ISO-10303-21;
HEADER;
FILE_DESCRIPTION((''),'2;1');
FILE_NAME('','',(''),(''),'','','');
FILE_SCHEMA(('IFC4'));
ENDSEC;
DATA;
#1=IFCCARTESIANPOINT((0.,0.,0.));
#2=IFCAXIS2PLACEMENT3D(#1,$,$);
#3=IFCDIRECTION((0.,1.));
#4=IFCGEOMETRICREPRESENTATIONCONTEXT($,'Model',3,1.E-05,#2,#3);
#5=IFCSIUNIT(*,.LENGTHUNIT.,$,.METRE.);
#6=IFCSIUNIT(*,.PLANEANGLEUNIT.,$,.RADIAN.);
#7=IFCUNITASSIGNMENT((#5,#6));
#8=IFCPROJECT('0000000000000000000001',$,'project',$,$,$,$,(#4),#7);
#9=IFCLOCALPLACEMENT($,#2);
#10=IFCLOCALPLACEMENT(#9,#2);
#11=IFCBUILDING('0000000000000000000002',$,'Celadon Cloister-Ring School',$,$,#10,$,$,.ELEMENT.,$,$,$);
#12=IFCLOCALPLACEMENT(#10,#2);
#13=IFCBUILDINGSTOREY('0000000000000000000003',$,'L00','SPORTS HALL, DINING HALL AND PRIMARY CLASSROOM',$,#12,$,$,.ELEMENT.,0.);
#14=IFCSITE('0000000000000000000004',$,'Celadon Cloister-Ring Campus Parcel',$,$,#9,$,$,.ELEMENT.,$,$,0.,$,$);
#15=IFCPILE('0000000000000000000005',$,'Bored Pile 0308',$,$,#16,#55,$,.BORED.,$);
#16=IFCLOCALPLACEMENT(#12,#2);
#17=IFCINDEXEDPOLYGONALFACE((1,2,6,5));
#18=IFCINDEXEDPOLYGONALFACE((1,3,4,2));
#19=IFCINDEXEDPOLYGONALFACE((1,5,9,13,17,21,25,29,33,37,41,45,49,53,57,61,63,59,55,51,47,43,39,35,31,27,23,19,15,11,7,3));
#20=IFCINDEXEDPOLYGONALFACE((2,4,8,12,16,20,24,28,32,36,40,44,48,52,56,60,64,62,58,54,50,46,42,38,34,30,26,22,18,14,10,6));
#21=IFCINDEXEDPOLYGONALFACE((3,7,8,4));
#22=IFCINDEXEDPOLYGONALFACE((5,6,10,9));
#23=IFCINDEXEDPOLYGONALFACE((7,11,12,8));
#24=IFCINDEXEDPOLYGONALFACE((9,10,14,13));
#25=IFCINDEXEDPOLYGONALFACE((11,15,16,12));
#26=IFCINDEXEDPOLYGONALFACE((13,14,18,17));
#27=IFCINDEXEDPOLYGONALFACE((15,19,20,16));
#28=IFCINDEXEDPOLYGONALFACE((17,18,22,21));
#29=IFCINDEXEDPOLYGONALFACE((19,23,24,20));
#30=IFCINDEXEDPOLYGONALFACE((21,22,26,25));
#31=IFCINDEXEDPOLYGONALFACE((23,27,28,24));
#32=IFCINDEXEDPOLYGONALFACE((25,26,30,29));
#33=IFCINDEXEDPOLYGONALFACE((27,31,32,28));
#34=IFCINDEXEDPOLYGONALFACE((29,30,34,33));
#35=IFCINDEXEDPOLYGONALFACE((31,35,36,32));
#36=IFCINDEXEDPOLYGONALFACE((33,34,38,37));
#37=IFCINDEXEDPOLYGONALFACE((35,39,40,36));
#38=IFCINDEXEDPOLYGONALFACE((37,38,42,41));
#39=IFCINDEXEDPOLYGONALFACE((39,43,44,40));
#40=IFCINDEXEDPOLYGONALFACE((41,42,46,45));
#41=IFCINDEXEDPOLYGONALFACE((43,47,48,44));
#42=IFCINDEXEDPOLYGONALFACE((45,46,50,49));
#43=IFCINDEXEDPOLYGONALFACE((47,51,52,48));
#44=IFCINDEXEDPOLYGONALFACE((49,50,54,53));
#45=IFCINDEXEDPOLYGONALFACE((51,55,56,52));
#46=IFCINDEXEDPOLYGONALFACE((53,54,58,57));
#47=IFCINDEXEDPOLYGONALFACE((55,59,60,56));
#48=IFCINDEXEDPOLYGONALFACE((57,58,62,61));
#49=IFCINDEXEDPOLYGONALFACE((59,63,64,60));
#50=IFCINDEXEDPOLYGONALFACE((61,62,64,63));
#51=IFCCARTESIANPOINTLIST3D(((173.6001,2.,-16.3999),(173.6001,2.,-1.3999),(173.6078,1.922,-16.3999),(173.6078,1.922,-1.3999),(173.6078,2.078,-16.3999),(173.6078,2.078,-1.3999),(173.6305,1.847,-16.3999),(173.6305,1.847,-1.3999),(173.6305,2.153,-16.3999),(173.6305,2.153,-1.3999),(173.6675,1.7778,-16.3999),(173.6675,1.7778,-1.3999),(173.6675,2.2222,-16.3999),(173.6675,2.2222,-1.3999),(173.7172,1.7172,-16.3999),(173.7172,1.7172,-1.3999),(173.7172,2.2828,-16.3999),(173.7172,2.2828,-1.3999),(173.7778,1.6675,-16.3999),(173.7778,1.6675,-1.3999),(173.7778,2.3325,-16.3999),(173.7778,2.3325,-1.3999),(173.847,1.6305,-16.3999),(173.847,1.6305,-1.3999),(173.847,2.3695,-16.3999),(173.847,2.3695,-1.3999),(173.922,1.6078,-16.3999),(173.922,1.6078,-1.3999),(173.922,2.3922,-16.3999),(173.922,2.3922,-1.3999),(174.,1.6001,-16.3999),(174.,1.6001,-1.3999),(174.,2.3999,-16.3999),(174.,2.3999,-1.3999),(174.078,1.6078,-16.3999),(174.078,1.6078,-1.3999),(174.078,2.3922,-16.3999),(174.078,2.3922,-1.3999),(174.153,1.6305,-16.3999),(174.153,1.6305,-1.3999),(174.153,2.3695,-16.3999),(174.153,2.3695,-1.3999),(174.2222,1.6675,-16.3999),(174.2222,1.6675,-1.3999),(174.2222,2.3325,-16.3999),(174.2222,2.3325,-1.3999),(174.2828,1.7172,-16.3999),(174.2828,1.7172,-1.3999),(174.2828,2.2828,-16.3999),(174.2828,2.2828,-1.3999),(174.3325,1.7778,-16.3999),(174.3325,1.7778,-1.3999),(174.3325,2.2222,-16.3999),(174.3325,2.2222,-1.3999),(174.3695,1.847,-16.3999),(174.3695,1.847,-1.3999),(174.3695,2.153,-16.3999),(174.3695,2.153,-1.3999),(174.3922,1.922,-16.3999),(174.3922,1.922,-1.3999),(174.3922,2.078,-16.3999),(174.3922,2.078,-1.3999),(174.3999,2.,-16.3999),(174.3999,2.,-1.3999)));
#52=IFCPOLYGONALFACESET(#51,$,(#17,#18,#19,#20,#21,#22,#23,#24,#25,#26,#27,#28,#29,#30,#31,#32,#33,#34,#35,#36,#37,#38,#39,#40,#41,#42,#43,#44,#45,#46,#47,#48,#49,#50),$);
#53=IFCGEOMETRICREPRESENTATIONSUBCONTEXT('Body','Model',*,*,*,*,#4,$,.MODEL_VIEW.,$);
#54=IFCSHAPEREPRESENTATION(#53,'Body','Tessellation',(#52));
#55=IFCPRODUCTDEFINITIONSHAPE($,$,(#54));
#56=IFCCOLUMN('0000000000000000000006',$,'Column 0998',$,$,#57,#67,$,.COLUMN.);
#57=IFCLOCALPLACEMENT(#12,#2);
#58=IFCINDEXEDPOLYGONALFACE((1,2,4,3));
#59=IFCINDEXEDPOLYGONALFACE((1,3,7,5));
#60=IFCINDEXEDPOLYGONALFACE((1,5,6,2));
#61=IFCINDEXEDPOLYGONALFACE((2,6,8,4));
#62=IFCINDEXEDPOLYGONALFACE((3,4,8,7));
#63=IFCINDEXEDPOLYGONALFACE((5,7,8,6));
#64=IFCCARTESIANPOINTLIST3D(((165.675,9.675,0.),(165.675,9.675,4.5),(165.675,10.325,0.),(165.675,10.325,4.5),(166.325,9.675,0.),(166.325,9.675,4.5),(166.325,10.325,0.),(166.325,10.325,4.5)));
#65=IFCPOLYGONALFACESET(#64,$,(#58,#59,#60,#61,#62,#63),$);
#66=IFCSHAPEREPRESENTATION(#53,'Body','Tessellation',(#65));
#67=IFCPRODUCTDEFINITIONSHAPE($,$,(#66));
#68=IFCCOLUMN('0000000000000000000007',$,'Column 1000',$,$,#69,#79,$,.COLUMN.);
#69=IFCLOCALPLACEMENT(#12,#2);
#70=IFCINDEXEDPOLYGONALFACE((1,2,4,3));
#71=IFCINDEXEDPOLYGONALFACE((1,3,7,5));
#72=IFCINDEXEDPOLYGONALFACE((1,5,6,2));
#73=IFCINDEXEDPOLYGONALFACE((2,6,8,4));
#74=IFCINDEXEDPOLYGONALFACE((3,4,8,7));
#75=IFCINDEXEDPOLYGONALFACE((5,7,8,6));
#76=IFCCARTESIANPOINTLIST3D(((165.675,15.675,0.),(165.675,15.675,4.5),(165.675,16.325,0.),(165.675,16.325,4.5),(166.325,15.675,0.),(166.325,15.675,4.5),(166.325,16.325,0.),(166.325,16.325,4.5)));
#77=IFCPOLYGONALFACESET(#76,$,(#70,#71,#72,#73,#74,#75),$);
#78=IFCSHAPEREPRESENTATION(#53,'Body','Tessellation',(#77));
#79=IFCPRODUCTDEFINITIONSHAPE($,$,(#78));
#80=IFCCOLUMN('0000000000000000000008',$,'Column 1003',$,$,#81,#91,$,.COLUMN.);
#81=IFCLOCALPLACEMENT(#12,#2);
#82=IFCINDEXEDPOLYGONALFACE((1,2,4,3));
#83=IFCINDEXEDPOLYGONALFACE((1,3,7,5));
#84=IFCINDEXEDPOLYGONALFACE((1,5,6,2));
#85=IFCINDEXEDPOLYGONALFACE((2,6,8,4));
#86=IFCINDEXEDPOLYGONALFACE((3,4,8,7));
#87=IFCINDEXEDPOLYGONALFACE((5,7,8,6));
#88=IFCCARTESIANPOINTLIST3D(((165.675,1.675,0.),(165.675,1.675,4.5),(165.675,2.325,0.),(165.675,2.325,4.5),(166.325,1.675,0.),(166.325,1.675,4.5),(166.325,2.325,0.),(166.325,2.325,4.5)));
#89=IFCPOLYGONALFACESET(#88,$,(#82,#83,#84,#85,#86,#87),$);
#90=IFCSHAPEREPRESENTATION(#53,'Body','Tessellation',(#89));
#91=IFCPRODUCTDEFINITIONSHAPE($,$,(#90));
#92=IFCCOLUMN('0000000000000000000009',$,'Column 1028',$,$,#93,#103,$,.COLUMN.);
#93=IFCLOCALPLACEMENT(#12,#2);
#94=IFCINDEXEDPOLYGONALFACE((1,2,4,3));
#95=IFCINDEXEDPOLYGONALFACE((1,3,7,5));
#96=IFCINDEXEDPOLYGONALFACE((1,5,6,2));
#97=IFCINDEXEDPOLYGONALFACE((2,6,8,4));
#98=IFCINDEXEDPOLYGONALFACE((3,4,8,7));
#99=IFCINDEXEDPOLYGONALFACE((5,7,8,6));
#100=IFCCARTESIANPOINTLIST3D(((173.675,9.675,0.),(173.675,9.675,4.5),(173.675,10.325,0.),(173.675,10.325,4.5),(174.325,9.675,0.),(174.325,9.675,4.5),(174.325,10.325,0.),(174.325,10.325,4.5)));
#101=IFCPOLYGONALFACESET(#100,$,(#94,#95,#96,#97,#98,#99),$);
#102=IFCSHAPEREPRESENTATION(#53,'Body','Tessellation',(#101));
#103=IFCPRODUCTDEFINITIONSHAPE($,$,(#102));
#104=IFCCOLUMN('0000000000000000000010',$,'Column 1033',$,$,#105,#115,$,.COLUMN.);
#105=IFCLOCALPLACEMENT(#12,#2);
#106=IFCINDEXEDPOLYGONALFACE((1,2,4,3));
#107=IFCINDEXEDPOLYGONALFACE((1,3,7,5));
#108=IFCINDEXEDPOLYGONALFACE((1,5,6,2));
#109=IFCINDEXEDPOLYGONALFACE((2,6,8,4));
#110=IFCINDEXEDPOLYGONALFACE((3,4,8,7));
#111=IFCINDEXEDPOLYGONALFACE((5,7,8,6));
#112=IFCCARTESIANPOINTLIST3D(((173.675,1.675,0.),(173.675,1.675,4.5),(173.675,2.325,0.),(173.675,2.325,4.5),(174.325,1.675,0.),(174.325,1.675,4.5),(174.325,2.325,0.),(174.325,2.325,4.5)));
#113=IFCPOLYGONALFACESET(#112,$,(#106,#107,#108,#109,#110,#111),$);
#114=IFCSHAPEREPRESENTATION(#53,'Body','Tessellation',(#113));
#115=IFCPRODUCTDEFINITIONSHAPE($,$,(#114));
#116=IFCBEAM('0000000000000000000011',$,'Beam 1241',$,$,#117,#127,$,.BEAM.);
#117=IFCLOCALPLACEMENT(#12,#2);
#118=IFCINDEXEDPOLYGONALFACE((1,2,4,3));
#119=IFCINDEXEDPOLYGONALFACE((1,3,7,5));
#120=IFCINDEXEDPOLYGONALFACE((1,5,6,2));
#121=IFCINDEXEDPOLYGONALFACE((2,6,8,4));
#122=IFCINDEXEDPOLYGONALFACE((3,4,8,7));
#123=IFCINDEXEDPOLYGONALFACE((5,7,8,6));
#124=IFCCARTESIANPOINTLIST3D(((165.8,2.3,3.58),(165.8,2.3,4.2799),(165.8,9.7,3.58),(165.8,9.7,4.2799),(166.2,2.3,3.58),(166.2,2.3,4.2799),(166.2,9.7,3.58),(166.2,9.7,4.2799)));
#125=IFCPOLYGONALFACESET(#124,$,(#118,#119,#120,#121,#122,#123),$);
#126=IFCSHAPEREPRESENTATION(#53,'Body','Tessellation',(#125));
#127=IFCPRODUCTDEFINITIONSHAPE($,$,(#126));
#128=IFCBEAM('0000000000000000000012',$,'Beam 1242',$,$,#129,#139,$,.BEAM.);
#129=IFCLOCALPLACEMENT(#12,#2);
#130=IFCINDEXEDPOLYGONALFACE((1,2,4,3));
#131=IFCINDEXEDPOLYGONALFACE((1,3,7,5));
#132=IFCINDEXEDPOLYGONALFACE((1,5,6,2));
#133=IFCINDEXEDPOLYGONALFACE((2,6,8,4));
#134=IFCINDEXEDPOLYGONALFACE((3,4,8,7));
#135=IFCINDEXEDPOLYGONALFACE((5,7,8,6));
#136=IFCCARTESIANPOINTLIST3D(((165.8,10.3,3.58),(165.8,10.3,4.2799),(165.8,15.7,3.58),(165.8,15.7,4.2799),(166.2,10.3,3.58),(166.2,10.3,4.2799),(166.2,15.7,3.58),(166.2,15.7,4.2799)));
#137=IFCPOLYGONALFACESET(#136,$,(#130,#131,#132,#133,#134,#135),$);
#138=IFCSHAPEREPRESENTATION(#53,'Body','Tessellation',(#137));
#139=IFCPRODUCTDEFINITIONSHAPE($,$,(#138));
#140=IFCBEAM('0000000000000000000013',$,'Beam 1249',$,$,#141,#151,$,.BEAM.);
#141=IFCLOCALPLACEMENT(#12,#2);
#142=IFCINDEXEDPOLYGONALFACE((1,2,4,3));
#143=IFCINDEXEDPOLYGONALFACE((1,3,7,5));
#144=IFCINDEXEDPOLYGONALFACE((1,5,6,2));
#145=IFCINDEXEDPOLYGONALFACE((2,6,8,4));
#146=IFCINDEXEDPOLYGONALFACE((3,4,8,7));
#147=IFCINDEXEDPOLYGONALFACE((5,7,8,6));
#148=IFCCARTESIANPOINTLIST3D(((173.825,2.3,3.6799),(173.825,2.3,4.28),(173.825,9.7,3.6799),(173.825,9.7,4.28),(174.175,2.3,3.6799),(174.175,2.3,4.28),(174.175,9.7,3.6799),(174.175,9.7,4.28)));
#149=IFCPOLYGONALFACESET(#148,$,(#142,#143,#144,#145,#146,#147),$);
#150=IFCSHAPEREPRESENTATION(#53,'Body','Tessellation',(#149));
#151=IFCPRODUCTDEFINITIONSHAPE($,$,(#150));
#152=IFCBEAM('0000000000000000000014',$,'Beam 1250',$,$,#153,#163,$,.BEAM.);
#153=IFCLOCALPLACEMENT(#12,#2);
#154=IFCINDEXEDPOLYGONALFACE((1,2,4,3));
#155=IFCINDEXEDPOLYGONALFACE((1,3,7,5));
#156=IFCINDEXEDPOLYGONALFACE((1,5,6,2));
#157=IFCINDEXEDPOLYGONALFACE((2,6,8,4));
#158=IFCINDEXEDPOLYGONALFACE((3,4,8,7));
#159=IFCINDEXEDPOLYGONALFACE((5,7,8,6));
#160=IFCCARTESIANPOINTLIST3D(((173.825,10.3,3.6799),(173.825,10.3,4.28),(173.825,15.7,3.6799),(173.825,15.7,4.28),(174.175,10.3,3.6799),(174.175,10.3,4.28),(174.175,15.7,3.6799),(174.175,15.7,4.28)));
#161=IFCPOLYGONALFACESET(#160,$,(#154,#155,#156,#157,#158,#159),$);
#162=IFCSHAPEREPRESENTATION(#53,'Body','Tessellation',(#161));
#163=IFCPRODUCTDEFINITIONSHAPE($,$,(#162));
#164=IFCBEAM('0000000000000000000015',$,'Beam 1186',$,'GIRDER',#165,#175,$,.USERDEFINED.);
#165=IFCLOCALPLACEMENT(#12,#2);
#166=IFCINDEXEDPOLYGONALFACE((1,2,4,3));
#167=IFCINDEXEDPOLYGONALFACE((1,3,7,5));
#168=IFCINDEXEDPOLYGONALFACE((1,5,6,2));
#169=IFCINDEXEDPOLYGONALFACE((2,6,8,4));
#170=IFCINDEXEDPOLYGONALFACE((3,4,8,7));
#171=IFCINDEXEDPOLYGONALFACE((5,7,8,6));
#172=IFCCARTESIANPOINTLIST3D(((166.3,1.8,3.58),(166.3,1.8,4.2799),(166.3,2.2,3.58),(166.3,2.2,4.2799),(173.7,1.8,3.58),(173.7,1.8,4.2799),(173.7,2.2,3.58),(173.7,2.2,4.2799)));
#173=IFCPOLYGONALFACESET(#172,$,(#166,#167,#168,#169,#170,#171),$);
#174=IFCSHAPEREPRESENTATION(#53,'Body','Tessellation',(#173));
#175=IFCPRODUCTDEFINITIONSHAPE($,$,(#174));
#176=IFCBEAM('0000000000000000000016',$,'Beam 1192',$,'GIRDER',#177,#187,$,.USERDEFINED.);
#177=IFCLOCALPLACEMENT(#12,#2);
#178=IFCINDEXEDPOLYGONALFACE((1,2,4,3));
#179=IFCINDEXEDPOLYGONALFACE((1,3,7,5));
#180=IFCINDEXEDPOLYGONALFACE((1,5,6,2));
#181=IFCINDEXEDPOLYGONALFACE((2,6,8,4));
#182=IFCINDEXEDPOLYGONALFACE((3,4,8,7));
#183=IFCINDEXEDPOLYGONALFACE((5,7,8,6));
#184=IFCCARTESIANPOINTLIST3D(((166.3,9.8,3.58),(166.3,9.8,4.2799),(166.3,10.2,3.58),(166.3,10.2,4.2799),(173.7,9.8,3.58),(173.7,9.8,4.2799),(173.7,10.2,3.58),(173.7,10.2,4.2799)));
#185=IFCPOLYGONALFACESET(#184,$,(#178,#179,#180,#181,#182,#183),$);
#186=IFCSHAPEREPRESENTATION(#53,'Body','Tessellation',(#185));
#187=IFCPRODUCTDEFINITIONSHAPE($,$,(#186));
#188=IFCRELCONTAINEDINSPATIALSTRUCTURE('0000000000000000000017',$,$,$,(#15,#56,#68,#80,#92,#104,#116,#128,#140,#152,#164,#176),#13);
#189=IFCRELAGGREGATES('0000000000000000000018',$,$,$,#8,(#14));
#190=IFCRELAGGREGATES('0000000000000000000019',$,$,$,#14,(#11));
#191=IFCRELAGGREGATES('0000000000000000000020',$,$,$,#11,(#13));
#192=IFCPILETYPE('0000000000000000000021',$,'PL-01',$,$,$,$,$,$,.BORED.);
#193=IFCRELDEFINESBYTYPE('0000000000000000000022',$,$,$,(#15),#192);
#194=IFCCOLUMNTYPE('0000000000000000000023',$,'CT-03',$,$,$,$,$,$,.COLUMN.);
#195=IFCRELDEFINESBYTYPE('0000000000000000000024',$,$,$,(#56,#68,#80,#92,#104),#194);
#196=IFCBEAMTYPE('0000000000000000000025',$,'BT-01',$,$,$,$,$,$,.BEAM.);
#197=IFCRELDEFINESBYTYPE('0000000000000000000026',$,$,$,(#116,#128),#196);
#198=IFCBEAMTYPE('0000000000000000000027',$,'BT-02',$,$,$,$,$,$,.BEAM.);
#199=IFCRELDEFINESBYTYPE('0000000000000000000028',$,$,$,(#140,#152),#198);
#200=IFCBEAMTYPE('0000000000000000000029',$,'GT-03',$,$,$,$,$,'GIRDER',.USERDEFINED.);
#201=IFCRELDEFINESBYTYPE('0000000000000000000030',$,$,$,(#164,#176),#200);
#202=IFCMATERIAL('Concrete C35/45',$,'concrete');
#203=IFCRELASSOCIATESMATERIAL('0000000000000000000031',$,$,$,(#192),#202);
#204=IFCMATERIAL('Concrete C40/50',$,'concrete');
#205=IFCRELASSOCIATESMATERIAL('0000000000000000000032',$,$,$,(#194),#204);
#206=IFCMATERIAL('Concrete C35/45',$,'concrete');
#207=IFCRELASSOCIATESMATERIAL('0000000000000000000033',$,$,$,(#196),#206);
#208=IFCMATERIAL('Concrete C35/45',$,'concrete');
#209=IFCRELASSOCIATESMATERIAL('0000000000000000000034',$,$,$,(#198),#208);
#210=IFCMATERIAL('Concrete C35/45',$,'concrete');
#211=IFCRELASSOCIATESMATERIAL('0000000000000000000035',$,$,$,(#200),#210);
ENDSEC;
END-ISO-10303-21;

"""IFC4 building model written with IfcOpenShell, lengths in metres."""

from ifc_helpers import new_model, si_unit, direction, frame, origin, origin_2d, place, context, subcontext, project, spatial, rectangle, circle, extrude, material, material_profile, profile_set, type_object, element, save


model = new_model("IFC4")

# Units and contexts
model_context = context("Model", 3, precision=1e-05, world=origin(), true_north=direction((0.0, 1.0)))
body_context = subcontext(model_context, "Body", "Model", "MODEL_VIEW")
ifc_project = project(units=[si_unit("LENGTHUNIT", "METRE"), si_unit("PLANEANGLEUNIT", "RADIAN")], contexts=[model_context])

# Site, building, storey
site_placement = place(None, origin())
site = spatial("IfcSite", under=ifc_project, at=site_placement, Name="Celadon Cloister-Ring Campus Parcel", CompositionType="ELEMENT", RefElevation=0.0)
building_placement = place(site_placement, origin())
building = spatial("IfcBuilding", under=site, at=building_placement, Name="Celadon Cloister-Ring School", CompositionType="ELEMENT")
storey_placement = place(building_placement, origin())
storey = spatial("IfcBuildingStorey", under=building, at=storey_placement, Name="L00", Description="SPORTS HALL, DINING HALL AND PRIMARY CLASSROOM", CompositionType="ELEMENT", Elevation=0.0)

# Pile
ifc_material_1 = material(Name="Concrete C35/45", Category="concrete")
ifc_material_profile_1 = material_profile(ifc_material_1, circle(Radius=0.3999, at=origin_2d()), Name="PILE800")
ifc_profile_set_1 = profile_set([ifc_material_profile_1], Name="Concrete C35/45")
pile_type = type_object("IfcPileType", Name="PL-01", PredefinedType="BORED", material=ifc_profile_set_1)
for number, where, z_axis, x_axis, name in (
    (1, (174.0, 2.0, -1.3999), (0.0, 0.0, -1.0), (1.0, 0.0, 0.0), "Bored Pile 0308"),
):
    element("IfcPile", number, at=place(storey_placement, frame(where, z_axis=z_axis, x_axis=x_axis)), inside=storey, type_object=pile_type, Name=name, PredefinedType="BORED", context=body_context, shape_type="SweptSolid", body=[
        extrude(circle(Radius=0.3999, at=origin_2d()), origin(), (0.0, 0.0, 1.0), 15.0),
    ])

# Columns
ifc_material_2 = material(Name="Concrete C40/50", Category="concrete")
ifc_material_profile_2 = material_profile(ifc_material_2, rectangle(XDim=0.6499, YDim=0.6499, at=origin_2d()), Name="RC650X650")
ifc_profile_set_2 = profile_set([ifc_material_profile_2], Name="Concrete C40/50")
column_type = type_object("IfcColumnType", Name="CT-03", PredefinedType="COLUMN", material=ifc_profile_set_2)
for number, where, z_axis, x_axis, name in (
    (2, (166.0, 10.0, 0.0), (0.0, 0.0, 1.0), (1.0, 0.0, 0.0), "Column 0998"),
    (3, (166.0, 16.0, 0.0), (0.0, 0.0, 1.0), (1.0, 0.0, 0.0), "Column 1000"),
    (4, (166.0, 2.0, 0.0), (0.0, 0.0, 1.0), (1.0, 0.0, 0.0), "Column 1003"),
    (5, (174.0, 10.0, 0.0), (0.0, 0.0, 1.0), (1.0, 0.0, 0.0), "Column 1028"),
    (6, (174.0, 2.0, 0.0), (0.0, 0.0, 1.0), (1.0, 0.0, 0.0), "Column 1033"),
):
    element("IfcColumn", number, at=place(storey_placement, frame(where, z_axis=z_axis, x_axis=x_axis)), inside=storey, type_object=column_type, Name=name, PredefinedType="COLUMN", context=body_context, shape_type="SweptSolid", body=[
        extrude(rectangle(XDim=0.6499, YDim=0.6499, at=origin_2d()), origin(), (0.0, 0.0, 1.0), 4.5),
    ])

# Beams
ifc_material_3 = material(Name="Concrete C35/45", Category="concrete")
ifc_material_profile_3 = material_profile(ifc_material_3, rectangle(XDim=0.3999, YDim=0.7, at=origin_2d()), Name="RC400X700")
ifc_profile_set_3 = profile_set([ifc_material_profile_3], Name="Concrete C35/45")
beam_type_1 = type_object("IfcBeamType", Name="BT-01", PredefinedType="BEAM", material=ifc_profile_set_3)
beam_1_placement = place(storey_placement, frame((166.0, 2.3, 3.9299), z_axis=(0.0, 1.0, 0.0), x_axis=(-1.0, 0.0, 0.0)))
element("IfcBeam", 7, at=beam_1_placement, inside=storey, type_object=beam_type_1, Name="Beam 1241", PredefinedType="BEAM", context=body_context, shape_type="SweptSolid", body=[
    extrude(rectangle(XDim=0.3999, YDim=0.7, at=origin_2d()), origin(), (0.0, 0.0, 1.0), 7.3999),
])
beam_2_placement = place(storey_placement, frame((166.0, 10.3, 3.9299), z_axis=(0.0, 1.0, 0.0), x_axis=(-1.0, 0.0, 0.0)))
element("IfcBeam", 8, at=beam_2_placement, inside=storey, type_object=beam_type_1, Name="Beam 1242", PredefinedType="BEAM", context=body_context, shape_type="SweptSolid", body=[
    extrude(rectangle(XDim=0.3999, YDim=0.7, at=origin_2d()), origin(), (0.0, 0.0, 1.0), 5.3999),
])
ifc_material_4 = material(Name="Concrete C35/45", Category="concrete")
ifc_material_profile_4 = material_profile(ifc_material_4, rectangle(XDim=0.3501, YDim=0.6001, at=origin_2d()), Name="RC350X600")
ifc_profile_set_4 = profile_set([ifc_material_profile_4], Name="Concrete C35/45")
beam_type_2 = type_object("IfcBeamType", Name="BT-02", PredefinedType="BEAM", material=ifc_profile_set_4)
beam_3_placement = place(storey_placement, frame((174.0, 2.3, 3.98), z_axis=(0.0, 1.0, 0.0), x_axis=(-1.0, 0.0, 0.0)))
element("IfcBeam", 9, at=beam_3_placement, inside=storey, type_object=beam_type_2, Name="Beam 1249", PredefinedType="BEAM", context=body_context, shape_type="SweptSolid", body=[
    extrude(rectangle(XDim=0.3501, YDim=0.6001, at=origin_2d()), origin(), (0.0, 0.0, 1.0), 7.3999),
])
beam_4_placement = place(storey_placement, frame((174.0, 10.3, 3.98), z_axis=(0.0, 1.0, 0.0), x_axis=(-1.0, 0.0, 0.0)))
element("IfcBeam", 10, at=beam_4_placement, inside=storey, type_object=beam_type_2, Name="Beam 1250", PredefinedType="BEAM", context=body_context, shape_type="SweptSolid", body=[
    extrude(rectangle(XDim=0.3501, YDim=0.6001, at=origin_2d()), origin(), (0.0, 0.0, 1.0), 5.3999),
])
ifc_material_5 = material(Name="Concrete C35/45", Category="concrete")
ifc_material_profile_5 = material_profile(ifc_material_5, rectangle(XDim=0.3999, YDim=0.7, at=origin_2d()), Name="RC400X700")
ifc_profile_set_5 = profile_set([ifc_material_profile_5], Name="Concrete C35/45")
beam_type_3 = type_object("IfcBeamType", Name="GT-03", ElementType="GIRDER", PredefinedType="USERDEFINED", material=ifc_profile_set_5)
for number, where, z_axis, x_axis, name in (
    (11, (166.3, 2.0, 3.9299), (1.0, 0.0, 0.0), (0.0, 1.0, 0.0), "Beam 1186"),
    (12, (166.3, 10.0, 3.9299), (1.0, 0.0, 0.0), (0.0, 1.0, 0.0), "Beam 1192"),
):
    element("IfcBeam", number, at=place(storey_placement, frame(where, z_axis=z_axis, x_axis=x_axis)), inside=storey, type_object=beam_type_3, Name=name, ObjectType="GIRDER", PredefinedType="USERDEFINED", context=body_context, shape_type="SweptSolid", body=[
        extrude(rectangle(XDim=0.3999, YDim=0.7, at=origin_2d()), origin(), (0.0, 0.0, 1.0), 7.3999),
    ])

save(model, "model.ifc")
